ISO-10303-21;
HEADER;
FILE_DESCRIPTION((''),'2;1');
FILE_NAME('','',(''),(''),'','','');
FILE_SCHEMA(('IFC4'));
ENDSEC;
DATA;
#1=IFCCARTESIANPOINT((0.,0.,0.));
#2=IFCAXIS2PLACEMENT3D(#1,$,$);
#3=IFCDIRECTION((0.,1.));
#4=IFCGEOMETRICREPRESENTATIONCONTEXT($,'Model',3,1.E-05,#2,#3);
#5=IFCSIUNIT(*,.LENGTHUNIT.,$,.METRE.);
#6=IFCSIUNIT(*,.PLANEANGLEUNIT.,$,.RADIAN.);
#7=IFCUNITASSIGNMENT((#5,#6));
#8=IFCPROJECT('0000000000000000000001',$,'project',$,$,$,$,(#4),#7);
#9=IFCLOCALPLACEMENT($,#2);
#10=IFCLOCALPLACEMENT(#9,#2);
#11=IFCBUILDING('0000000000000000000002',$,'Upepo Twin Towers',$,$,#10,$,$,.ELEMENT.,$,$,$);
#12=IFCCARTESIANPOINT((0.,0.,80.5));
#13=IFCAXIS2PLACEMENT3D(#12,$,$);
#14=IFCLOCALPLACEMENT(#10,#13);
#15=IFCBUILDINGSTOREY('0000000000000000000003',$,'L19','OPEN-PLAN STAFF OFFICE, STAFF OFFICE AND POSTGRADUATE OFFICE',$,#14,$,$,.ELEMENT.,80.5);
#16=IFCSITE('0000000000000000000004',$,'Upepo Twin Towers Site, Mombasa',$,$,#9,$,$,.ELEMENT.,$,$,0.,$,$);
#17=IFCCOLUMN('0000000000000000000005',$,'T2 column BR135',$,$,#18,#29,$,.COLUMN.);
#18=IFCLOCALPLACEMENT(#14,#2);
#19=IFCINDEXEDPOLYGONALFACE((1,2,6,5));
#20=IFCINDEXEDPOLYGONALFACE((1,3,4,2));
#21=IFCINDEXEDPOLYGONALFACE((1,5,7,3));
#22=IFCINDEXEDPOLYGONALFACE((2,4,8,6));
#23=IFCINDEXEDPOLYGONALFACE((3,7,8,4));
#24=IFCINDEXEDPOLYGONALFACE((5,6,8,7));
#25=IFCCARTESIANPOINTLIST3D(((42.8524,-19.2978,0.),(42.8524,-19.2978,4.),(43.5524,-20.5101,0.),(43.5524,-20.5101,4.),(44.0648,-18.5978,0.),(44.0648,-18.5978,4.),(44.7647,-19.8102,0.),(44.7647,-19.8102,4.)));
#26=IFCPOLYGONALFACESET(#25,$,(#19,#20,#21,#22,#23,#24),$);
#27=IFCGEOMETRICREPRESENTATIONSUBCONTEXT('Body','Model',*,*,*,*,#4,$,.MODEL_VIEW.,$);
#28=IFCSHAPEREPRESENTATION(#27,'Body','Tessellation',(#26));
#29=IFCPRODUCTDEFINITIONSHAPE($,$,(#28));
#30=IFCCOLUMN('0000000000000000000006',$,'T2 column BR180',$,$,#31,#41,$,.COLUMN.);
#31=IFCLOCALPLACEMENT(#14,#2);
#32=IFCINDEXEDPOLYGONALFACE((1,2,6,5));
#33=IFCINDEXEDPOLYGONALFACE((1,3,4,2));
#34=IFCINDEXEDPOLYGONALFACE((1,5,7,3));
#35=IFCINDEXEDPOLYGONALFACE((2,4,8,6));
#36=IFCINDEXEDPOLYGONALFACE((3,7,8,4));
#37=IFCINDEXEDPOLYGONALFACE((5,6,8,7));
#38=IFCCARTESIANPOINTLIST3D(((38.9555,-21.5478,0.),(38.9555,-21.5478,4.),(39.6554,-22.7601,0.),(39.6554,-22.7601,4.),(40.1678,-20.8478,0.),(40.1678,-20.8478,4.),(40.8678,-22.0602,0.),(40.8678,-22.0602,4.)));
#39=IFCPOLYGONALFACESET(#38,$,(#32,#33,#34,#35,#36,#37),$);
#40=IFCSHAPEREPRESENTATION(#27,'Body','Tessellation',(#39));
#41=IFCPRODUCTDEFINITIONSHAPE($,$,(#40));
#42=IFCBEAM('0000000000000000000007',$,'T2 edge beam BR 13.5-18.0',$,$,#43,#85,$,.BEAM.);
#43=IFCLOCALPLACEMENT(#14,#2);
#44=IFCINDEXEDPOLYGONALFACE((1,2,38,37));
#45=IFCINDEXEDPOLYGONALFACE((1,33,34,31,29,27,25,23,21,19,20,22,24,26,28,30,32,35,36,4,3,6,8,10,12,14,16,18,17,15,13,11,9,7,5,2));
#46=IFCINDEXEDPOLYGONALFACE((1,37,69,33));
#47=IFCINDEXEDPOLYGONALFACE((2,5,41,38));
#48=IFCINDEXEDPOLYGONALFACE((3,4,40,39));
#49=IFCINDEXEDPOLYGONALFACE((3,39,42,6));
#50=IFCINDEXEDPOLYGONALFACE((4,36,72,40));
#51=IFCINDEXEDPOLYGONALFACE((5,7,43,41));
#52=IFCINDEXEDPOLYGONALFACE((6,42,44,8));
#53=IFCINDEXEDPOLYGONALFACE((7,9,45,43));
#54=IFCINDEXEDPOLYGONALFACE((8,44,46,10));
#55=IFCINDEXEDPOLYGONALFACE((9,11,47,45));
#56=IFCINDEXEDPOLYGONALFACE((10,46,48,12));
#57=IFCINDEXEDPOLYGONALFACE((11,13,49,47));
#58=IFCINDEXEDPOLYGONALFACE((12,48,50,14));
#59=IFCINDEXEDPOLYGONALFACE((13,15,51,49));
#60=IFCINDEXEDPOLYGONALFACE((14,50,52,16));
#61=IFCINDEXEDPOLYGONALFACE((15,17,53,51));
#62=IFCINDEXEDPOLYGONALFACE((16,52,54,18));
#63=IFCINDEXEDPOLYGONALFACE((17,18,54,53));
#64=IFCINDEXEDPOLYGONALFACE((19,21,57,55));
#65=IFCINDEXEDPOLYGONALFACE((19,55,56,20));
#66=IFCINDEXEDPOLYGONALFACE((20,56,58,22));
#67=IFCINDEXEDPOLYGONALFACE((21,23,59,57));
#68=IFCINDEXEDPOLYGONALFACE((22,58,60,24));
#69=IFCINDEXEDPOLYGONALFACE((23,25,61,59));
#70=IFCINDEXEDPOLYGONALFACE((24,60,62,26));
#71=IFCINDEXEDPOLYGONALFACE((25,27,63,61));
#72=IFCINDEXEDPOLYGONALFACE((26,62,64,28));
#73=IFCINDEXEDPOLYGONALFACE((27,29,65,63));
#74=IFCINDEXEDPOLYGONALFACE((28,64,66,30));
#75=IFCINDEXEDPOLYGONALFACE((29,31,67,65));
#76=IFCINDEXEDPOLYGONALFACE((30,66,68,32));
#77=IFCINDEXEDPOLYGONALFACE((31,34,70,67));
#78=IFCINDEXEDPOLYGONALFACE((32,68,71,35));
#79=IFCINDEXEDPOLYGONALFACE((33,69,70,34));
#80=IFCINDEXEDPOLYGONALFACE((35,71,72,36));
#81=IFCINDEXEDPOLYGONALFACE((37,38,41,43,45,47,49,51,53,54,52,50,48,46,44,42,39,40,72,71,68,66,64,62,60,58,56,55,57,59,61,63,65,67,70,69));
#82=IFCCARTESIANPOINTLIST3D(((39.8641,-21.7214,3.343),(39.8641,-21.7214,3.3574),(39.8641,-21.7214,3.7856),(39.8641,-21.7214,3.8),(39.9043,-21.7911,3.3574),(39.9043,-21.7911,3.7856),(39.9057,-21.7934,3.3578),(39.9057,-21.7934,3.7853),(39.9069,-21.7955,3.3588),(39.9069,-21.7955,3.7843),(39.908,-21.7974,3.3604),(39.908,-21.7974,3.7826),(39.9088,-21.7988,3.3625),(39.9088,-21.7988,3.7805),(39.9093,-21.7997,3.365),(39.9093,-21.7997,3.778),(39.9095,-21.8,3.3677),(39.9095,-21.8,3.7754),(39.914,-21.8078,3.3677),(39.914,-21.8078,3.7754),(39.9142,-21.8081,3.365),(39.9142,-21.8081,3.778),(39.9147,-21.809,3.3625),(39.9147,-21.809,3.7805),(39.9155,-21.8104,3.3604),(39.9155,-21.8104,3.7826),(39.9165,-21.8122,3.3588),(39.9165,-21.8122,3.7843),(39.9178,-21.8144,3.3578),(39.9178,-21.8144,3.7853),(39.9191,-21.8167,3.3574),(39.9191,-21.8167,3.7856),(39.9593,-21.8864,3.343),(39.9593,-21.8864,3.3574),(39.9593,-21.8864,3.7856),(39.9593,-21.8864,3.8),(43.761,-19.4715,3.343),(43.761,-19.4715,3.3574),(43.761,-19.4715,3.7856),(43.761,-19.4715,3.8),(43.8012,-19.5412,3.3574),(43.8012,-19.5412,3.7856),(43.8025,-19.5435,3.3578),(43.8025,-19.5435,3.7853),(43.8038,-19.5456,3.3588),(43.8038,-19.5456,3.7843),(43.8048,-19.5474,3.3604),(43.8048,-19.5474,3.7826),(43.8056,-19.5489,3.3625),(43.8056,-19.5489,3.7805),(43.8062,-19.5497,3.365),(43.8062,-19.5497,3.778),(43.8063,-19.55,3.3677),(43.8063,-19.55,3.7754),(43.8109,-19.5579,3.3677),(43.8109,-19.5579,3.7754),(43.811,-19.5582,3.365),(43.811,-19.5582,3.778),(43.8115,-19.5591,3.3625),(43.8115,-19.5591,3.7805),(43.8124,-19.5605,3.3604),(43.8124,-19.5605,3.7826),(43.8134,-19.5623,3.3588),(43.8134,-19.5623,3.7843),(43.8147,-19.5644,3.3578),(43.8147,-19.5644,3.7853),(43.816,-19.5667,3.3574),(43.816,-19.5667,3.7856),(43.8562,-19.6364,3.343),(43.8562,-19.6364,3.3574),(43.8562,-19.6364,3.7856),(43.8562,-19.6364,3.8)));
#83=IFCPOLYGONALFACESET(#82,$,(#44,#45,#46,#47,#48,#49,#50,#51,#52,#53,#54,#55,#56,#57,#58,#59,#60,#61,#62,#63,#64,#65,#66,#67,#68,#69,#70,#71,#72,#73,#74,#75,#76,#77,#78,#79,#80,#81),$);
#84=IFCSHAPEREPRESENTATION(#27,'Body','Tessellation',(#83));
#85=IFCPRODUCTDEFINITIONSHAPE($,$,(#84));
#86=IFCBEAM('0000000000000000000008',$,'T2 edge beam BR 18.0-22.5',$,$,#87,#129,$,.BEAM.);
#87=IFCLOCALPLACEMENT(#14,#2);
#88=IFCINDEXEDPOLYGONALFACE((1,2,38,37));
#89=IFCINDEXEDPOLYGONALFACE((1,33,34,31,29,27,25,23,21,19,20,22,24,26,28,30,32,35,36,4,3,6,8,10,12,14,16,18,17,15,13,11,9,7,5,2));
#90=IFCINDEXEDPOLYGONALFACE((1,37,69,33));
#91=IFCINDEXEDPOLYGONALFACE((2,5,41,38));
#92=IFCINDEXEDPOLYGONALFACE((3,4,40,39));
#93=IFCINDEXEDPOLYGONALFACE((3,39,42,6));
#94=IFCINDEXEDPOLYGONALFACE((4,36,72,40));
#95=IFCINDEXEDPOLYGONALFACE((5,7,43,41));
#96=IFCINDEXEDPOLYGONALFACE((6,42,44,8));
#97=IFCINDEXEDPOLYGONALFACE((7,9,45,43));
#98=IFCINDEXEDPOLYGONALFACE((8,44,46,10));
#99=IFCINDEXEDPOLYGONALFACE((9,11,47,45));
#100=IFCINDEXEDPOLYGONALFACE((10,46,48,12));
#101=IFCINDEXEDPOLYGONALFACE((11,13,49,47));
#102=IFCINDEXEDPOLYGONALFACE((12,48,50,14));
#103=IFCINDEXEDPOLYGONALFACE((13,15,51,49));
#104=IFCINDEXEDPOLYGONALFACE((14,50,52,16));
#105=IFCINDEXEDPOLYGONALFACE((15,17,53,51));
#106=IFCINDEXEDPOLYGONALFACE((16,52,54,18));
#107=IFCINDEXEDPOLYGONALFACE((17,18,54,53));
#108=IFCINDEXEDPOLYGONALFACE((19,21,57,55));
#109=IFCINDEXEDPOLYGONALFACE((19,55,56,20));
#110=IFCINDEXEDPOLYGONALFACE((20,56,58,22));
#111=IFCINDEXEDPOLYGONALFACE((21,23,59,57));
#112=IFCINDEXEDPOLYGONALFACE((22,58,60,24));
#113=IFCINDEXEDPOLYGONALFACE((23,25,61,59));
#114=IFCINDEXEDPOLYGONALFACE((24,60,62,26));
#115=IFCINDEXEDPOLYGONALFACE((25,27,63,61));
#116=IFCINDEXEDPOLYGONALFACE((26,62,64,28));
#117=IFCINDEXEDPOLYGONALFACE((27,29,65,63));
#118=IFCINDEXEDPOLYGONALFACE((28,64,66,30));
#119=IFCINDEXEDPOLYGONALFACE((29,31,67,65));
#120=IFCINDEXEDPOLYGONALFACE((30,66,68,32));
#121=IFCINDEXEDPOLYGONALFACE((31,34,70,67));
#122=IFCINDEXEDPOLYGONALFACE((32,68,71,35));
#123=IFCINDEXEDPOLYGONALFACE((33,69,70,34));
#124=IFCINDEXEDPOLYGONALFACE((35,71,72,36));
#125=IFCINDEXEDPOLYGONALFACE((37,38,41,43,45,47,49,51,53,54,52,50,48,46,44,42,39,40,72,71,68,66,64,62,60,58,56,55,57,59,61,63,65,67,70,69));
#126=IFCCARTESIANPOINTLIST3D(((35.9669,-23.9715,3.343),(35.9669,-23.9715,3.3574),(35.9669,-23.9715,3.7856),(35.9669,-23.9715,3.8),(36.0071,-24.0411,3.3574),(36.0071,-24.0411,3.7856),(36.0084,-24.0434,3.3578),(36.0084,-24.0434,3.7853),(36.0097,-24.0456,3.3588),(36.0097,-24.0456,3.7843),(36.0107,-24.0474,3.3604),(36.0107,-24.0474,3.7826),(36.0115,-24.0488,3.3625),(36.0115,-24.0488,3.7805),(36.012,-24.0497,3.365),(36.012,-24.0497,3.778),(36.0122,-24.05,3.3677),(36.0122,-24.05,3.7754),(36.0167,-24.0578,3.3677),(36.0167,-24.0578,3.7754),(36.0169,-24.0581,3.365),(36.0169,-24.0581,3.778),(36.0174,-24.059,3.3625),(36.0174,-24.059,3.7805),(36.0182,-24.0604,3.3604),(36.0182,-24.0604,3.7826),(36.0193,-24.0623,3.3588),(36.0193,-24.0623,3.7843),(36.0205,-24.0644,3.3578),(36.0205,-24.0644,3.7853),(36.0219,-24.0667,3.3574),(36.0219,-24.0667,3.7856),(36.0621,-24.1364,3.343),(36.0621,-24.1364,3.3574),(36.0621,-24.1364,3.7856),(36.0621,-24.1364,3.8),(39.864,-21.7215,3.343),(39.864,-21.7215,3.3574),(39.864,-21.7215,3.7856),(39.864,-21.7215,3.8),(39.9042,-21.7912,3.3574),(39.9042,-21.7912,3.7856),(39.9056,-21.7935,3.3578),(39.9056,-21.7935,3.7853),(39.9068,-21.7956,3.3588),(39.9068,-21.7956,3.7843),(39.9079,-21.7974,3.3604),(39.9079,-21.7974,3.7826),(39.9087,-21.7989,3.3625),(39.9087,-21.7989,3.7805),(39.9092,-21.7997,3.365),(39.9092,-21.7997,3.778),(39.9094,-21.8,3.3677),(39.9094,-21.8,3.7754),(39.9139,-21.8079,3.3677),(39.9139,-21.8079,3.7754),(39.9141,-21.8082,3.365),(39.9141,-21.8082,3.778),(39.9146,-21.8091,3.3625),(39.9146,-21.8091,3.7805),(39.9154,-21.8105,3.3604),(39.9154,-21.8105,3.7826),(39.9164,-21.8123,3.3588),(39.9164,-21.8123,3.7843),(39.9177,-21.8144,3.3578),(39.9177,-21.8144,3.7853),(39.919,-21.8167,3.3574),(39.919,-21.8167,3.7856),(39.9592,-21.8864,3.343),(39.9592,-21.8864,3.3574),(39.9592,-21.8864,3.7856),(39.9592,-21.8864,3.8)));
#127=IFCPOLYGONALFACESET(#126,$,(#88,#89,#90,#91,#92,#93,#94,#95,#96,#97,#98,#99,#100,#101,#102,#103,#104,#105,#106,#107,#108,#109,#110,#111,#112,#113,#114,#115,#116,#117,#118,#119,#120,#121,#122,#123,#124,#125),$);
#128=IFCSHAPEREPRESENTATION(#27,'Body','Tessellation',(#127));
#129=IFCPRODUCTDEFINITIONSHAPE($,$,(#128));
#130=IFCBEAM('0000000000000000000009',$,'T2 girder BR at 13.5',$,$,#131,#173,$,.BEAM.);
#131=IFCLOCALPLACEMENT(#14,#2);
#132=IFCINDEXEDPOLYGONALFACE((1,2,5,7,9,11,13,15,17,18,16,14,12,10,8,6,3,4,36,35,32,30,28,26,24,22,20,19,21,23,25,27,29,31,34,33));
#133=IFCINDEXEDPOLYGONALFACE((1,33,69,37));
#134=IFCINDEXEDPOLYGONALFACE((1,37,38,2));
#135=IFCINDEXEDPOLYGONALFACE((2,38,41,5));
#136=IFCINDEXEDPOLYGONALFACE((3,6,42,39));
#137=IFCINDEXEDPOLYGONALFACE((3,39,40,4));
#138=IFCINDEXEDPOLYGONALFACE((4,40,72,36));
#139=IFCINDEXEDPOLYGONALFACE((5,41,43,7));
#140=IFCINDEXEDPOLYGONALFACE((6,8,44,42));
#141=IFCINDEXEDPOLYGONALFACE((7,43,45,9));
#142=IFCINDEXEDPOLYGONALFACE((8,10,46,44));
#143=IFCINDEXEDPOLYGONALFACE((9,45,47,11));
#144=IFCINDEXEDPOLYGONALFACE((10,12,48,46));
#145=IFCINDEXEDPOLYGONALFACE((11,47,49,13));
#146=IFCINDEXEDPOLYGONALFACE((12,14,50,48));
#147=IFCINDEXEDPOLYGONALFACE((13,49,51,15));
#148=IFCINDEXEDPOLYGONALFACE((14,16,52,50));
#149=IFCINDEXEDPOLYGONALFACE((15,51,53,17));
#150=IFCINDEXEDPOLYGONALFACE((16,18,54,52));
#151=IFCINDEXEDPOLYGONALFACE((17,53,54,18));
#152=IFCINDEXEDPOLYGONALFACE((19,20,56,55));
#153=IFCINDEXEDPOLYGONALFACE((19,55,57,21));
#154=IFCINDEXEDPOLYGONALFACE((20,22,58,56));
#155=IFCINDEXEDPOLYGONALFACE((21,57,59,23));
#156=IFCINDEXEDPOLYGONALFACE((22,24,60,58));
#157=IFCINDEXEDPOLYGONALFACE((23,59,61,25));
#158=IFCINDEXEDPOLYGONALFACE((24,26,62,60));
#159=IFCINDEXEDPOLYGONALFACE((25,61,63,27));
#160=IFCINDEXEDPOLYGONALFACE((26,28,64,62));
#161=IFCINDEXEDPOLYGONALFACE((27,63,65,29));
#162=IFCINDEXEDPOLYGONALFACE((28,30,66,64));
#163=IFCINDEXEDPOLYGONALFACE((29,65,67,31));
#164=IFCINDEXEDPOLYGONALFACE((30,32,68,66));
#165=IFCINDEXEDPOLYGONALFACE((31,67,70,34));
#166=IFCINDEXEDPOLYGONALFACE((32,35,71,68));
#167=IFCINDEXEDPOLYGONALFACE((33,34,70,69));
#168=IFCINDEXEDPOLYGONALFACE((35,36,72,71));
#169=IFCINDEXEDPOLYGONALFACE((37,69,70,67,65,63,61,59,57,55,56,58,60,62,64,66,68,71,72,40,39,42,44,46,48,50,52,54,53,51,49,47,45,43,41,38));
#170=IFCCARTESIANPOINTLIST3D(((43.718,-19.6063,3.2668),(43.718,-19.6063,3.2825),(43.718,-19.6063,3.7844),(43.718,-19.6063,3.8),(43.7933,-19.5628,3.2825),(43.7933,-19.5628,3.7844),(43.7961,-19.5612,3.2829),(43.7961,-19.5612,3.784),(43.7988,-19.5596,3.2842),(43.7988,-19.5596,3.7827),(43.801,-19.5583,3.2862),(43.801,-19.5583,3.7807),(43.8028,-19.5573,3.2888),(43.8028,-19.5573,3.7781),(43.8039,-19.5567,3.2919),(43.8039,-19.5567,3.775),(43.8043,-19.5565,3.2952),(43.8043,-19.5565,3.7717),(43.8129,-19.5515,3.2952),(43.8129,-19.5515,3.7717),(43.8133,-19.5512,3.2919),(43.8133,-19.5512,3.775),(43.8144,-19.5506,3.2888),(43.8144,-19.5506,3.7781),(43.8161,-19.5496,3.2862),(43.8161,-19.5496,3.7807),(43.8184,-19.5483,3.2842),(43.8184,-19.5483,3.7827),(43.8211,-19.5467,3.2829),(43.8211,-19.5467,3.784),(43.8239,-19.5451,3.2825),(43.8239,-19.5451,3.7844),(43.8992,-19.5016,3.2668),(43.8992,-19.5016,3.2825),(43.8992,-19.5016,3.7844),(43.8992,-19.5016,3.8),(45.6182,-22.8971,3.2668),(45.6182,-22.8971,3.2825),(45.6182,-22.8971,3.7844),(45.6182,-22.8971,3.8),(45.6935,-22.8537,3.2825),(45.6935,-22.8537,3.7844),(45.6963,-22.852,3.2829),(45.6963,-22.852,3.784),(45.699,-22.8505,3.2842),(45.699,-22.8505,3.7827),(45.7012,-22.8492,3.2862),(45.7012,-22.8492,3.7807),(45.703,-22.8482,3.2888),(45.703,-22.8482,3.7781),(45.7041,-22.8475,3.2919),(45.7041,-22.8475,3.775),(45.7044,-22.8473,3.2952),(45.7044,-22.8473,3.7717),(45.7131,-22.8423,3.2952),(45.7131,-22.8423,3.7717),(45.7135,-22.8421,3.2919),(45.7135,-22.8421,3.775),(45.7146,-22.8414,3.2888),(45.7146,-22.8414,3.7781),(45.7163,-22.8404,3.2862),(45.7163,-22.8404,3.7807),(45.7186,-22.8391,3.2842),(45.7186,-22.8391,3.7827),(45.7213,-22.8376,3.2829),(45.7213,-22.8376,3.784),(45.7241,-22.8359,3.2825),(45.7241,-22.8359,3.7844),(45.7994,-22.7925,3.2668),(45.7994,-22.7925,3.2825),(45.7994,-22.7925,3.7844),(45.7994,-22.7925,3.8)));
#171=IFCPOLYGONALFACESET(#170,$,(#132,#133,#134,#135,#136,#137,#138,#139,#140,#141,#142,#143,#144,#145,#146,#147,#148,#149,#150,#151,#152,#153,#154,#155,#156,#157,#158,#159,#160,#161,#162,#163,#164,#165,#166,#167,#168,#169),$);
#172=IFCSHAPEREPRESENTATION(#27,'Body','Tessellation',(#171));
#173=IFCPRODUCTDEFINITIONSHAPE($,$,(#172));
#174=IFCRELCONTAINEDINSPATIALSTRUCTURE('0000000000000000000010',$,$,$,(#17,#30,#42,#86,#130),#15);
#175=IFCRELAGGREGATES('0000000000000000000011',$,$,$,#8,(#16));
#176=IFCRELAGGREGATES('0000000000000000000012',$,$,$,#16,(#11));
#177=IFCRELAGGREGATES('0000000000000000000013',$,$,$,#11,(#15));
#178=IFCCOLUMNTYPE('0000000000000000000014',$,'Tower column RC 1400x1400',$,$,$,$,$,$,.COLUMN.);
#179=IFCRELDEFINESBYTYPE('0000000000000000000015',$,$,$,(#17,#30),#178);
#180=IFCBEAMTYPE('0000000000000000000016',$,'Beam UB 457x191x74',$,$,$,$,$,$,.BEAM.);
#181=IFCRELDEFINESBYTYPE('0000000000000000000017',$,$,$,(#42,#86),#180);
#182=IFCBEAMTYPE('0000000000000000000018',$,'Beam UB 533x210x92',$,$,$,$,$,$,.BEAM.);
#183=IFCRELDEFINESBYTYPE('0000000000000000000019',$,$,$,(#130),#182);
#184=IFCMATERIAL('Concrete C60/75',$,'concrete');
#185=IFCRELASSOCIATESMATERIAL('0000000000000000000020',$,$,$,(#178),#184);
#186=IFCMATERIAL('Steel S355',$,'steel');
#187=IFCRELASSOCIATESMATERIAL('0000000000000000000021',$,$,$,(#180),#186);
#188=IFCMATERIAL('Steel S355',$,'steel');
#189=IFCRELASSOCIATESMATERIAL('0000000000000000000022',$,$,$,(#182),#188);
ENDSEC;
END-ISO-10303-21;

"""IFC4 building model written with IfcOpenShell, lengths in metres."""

from ifc_helpers import new_model, si_unit, direction, frame, origin, origin_2d, place, context, subcontext, project, spatial, rectangle, i_section, extrude, material, material_profile, profile_set, type_object, element, save


model = new_model("IFC4")

# Units and contexts
model_context = context("Model", 3, precision=1e-05, world=origin(), true_north=direction((0.0, 1.0)))
body_context = subcontext(model_context, "Body", "Model", "MODEL_VIEW")
ifc_project = project(units=[si_unit("LENGTHUNIT", "METRE"), si_unit("PLANEANGLEUNIT", "RADIAN")], contexts=[model_context])

# Site, building, storey
site_placement = place(None, origin())
site = spatial("IfcSite", under=ifc_project, at=site_placement, Name="Upepo Twin Towers Site, Mombasa", CompositionType="ELEMENT", RefElevation=0.0)
building_placement = place(site_placement, origin())
building = spatial("IfcBuilding", under=site, at=building_placement, Name="Upepo Twin Towers", CompositionType="ELEMENT")
storey_placement = place(building_placement, frame((0.0, 0.0, 80.5)))
storey = spatial("IfcBuildingStorey", under=building, at=storey_placement, Name="L19", Description="OPEN-PLAN STAFF OFFICE, STAFF OFFICE AND POSTGRADUATE OFFICE", CompositionType="ELEMENT", Elevation=80.5)

# Columns
ifc_material_1 = material(Name="Concrete C60/75", Category="concrete")
ifc_material_profile_1 = material_profile(ifc_material_1, rectangle(XDim=1.3999, YDim=1.3999, at=origin_2d()), Name="RC 1400x1400")
ifc_profile_set_1 = profile_set([ifc_material_profile_1], Name="Concrete C60/75")
column_type = type_object("IfcColumnType", Name="Tower column RC 1400x1400", PredefinedType="COLUMN", material=ifc_profile_set_1)
for number, where, z_axis, x_axis, name in (
    (1, (43.8086, -19.554, 0.0), (0.0, 0.0, 1.0), (0.866025, 0.5, 0.0), "T2 column BR135"),
    (2, (39.9116, -21.804, 0.0), (0.0, 0.0, 1.0), (0.866025, 0.5, 0.0), "T2 column BR180"),
):
    element("IfcColumn", number, at=place(storey_placement, frame(where, z_axis=z_axis, x_axis=x_axis)), inside=storey, type_object=column_type, Name=name, PredefinedType="COLUMN", context=body_context, shape_type="SweptSolid", body=[
        extrude(rectangle(XDim=1.3999, YDim=1.3999, at=origin_2d()), origin(), (0.0, 0.0, 1.0), 4.0),
    ])

# Beams
ifc_material_2 = material(Name="Steel S355", Category="steel")
ifc_material_profile_2 = material_profile(ifc_material_2, i_section(OverallWidth=0.1904, OverallDepth=0.457, WebThickness=0.009, FlangeThickness=0.0144, FilletRadius=0.0103, at=origin_2d()), Name="UB 457x191x74")
ifc_profile_set_2 = profile_set([ifc_material_profile_2], Name="Steel S355")
beam_type_1 = type_object("IfcBeamType", Name="Beam UB 457x191x74", PredefinedType="BEAM", material=ifc_profile_set_2)
beam_1_placement = place(storey_placement, frame((43.8086, -19.554, 3.5715), z_axis=(-0.866018, -0.500014, 0.0), x_axis=(0.500014, -0.866018, 0.0)))
element("IfcBeam", 3, at=beam_1_placement, inside=storey, type_object=beam_type_1, Name="T2 edge beam BR 13.5-18.0", PredefinedType="BEAM", context=body_context, shape_type="SweptSolid", body=[
    extrude(i_section(OverallWidth=0.1904, OverallDepth=0.457, WebThickness=0.009, FlangeThickness=0.0144, FilletRadius=0.0103, at=origin_2d()), origin(), (0.0, 0.0, 1.0), 4.4998),
])
beam_2_placement = place(storey_placement, frame((39.9116, -21.804, 3.5715), z_axis=(-0.866031, -0.49999, 0.0), x_axis=(0.49999, -0.866031, 0.0)))
element("IfcBeam", 4, at=beam_2_placement, inside=storey, type_object=beam_type_1, Name="T2 edge beam BR 18.0-22.5", PredefinedType="BEAM", context=body_context, shape_type="SweptSolid", body=[
    extrude(i_section(OverallWidth=0.1904, OverallDepth=0.457, WebThickness=0.009, FlangeThickness=0.0144, FilletRadius=0.0103, at=origin_2d()), origin(), (0.0, 0.0, 1.0), 4.5),
])
ifc_material_3 = material(Name="Steel S355", Category="steel")
ifc_material_profile_3 = material_profile(ifc_material_3, i_section(OverallWidth=0.2092, OverallDepth=0.5332, WebThickness=0.01, FlangeThickness=0.0156, FilletRadius=0.0127, at=origin_2d()), Name="UB 533x210x92")
ifc_profile_set_3 = profile_set([ifc_material_profile_3], Name="Steel S355")
beam_type_2 = type_object("IfcBeamType", Name="Beam UB 533x210x92", PredefinedType="BEAM", material=ifc_profile_set_3)
beam_3_placement = place(storey_placement, frame((43.8086, -19.554, 3.5334), z_axis=(0.500043, -0.866, 0.0), x_axis=(0.866, 0.500043, 0.0)))
element("IfcBeam", 5, at=beam_3_placement, inside=storey, type_object=beam_type_2, Name="T2 girder BR at 13.5", PredefinedType="BEAM", context=body_context, shape_type="SweptSolid", body=[
    extrude(i_section(OverallWidth=0.2092, OverallDepth=0.5332, WebThickness=0.01, FlangeThickness=0.0156, FilletRadius=0.0127, at=origin_2d()), origin(), (0.0, 0.0, 1.0), 3.8),
])

save(model, "model.ifc")
